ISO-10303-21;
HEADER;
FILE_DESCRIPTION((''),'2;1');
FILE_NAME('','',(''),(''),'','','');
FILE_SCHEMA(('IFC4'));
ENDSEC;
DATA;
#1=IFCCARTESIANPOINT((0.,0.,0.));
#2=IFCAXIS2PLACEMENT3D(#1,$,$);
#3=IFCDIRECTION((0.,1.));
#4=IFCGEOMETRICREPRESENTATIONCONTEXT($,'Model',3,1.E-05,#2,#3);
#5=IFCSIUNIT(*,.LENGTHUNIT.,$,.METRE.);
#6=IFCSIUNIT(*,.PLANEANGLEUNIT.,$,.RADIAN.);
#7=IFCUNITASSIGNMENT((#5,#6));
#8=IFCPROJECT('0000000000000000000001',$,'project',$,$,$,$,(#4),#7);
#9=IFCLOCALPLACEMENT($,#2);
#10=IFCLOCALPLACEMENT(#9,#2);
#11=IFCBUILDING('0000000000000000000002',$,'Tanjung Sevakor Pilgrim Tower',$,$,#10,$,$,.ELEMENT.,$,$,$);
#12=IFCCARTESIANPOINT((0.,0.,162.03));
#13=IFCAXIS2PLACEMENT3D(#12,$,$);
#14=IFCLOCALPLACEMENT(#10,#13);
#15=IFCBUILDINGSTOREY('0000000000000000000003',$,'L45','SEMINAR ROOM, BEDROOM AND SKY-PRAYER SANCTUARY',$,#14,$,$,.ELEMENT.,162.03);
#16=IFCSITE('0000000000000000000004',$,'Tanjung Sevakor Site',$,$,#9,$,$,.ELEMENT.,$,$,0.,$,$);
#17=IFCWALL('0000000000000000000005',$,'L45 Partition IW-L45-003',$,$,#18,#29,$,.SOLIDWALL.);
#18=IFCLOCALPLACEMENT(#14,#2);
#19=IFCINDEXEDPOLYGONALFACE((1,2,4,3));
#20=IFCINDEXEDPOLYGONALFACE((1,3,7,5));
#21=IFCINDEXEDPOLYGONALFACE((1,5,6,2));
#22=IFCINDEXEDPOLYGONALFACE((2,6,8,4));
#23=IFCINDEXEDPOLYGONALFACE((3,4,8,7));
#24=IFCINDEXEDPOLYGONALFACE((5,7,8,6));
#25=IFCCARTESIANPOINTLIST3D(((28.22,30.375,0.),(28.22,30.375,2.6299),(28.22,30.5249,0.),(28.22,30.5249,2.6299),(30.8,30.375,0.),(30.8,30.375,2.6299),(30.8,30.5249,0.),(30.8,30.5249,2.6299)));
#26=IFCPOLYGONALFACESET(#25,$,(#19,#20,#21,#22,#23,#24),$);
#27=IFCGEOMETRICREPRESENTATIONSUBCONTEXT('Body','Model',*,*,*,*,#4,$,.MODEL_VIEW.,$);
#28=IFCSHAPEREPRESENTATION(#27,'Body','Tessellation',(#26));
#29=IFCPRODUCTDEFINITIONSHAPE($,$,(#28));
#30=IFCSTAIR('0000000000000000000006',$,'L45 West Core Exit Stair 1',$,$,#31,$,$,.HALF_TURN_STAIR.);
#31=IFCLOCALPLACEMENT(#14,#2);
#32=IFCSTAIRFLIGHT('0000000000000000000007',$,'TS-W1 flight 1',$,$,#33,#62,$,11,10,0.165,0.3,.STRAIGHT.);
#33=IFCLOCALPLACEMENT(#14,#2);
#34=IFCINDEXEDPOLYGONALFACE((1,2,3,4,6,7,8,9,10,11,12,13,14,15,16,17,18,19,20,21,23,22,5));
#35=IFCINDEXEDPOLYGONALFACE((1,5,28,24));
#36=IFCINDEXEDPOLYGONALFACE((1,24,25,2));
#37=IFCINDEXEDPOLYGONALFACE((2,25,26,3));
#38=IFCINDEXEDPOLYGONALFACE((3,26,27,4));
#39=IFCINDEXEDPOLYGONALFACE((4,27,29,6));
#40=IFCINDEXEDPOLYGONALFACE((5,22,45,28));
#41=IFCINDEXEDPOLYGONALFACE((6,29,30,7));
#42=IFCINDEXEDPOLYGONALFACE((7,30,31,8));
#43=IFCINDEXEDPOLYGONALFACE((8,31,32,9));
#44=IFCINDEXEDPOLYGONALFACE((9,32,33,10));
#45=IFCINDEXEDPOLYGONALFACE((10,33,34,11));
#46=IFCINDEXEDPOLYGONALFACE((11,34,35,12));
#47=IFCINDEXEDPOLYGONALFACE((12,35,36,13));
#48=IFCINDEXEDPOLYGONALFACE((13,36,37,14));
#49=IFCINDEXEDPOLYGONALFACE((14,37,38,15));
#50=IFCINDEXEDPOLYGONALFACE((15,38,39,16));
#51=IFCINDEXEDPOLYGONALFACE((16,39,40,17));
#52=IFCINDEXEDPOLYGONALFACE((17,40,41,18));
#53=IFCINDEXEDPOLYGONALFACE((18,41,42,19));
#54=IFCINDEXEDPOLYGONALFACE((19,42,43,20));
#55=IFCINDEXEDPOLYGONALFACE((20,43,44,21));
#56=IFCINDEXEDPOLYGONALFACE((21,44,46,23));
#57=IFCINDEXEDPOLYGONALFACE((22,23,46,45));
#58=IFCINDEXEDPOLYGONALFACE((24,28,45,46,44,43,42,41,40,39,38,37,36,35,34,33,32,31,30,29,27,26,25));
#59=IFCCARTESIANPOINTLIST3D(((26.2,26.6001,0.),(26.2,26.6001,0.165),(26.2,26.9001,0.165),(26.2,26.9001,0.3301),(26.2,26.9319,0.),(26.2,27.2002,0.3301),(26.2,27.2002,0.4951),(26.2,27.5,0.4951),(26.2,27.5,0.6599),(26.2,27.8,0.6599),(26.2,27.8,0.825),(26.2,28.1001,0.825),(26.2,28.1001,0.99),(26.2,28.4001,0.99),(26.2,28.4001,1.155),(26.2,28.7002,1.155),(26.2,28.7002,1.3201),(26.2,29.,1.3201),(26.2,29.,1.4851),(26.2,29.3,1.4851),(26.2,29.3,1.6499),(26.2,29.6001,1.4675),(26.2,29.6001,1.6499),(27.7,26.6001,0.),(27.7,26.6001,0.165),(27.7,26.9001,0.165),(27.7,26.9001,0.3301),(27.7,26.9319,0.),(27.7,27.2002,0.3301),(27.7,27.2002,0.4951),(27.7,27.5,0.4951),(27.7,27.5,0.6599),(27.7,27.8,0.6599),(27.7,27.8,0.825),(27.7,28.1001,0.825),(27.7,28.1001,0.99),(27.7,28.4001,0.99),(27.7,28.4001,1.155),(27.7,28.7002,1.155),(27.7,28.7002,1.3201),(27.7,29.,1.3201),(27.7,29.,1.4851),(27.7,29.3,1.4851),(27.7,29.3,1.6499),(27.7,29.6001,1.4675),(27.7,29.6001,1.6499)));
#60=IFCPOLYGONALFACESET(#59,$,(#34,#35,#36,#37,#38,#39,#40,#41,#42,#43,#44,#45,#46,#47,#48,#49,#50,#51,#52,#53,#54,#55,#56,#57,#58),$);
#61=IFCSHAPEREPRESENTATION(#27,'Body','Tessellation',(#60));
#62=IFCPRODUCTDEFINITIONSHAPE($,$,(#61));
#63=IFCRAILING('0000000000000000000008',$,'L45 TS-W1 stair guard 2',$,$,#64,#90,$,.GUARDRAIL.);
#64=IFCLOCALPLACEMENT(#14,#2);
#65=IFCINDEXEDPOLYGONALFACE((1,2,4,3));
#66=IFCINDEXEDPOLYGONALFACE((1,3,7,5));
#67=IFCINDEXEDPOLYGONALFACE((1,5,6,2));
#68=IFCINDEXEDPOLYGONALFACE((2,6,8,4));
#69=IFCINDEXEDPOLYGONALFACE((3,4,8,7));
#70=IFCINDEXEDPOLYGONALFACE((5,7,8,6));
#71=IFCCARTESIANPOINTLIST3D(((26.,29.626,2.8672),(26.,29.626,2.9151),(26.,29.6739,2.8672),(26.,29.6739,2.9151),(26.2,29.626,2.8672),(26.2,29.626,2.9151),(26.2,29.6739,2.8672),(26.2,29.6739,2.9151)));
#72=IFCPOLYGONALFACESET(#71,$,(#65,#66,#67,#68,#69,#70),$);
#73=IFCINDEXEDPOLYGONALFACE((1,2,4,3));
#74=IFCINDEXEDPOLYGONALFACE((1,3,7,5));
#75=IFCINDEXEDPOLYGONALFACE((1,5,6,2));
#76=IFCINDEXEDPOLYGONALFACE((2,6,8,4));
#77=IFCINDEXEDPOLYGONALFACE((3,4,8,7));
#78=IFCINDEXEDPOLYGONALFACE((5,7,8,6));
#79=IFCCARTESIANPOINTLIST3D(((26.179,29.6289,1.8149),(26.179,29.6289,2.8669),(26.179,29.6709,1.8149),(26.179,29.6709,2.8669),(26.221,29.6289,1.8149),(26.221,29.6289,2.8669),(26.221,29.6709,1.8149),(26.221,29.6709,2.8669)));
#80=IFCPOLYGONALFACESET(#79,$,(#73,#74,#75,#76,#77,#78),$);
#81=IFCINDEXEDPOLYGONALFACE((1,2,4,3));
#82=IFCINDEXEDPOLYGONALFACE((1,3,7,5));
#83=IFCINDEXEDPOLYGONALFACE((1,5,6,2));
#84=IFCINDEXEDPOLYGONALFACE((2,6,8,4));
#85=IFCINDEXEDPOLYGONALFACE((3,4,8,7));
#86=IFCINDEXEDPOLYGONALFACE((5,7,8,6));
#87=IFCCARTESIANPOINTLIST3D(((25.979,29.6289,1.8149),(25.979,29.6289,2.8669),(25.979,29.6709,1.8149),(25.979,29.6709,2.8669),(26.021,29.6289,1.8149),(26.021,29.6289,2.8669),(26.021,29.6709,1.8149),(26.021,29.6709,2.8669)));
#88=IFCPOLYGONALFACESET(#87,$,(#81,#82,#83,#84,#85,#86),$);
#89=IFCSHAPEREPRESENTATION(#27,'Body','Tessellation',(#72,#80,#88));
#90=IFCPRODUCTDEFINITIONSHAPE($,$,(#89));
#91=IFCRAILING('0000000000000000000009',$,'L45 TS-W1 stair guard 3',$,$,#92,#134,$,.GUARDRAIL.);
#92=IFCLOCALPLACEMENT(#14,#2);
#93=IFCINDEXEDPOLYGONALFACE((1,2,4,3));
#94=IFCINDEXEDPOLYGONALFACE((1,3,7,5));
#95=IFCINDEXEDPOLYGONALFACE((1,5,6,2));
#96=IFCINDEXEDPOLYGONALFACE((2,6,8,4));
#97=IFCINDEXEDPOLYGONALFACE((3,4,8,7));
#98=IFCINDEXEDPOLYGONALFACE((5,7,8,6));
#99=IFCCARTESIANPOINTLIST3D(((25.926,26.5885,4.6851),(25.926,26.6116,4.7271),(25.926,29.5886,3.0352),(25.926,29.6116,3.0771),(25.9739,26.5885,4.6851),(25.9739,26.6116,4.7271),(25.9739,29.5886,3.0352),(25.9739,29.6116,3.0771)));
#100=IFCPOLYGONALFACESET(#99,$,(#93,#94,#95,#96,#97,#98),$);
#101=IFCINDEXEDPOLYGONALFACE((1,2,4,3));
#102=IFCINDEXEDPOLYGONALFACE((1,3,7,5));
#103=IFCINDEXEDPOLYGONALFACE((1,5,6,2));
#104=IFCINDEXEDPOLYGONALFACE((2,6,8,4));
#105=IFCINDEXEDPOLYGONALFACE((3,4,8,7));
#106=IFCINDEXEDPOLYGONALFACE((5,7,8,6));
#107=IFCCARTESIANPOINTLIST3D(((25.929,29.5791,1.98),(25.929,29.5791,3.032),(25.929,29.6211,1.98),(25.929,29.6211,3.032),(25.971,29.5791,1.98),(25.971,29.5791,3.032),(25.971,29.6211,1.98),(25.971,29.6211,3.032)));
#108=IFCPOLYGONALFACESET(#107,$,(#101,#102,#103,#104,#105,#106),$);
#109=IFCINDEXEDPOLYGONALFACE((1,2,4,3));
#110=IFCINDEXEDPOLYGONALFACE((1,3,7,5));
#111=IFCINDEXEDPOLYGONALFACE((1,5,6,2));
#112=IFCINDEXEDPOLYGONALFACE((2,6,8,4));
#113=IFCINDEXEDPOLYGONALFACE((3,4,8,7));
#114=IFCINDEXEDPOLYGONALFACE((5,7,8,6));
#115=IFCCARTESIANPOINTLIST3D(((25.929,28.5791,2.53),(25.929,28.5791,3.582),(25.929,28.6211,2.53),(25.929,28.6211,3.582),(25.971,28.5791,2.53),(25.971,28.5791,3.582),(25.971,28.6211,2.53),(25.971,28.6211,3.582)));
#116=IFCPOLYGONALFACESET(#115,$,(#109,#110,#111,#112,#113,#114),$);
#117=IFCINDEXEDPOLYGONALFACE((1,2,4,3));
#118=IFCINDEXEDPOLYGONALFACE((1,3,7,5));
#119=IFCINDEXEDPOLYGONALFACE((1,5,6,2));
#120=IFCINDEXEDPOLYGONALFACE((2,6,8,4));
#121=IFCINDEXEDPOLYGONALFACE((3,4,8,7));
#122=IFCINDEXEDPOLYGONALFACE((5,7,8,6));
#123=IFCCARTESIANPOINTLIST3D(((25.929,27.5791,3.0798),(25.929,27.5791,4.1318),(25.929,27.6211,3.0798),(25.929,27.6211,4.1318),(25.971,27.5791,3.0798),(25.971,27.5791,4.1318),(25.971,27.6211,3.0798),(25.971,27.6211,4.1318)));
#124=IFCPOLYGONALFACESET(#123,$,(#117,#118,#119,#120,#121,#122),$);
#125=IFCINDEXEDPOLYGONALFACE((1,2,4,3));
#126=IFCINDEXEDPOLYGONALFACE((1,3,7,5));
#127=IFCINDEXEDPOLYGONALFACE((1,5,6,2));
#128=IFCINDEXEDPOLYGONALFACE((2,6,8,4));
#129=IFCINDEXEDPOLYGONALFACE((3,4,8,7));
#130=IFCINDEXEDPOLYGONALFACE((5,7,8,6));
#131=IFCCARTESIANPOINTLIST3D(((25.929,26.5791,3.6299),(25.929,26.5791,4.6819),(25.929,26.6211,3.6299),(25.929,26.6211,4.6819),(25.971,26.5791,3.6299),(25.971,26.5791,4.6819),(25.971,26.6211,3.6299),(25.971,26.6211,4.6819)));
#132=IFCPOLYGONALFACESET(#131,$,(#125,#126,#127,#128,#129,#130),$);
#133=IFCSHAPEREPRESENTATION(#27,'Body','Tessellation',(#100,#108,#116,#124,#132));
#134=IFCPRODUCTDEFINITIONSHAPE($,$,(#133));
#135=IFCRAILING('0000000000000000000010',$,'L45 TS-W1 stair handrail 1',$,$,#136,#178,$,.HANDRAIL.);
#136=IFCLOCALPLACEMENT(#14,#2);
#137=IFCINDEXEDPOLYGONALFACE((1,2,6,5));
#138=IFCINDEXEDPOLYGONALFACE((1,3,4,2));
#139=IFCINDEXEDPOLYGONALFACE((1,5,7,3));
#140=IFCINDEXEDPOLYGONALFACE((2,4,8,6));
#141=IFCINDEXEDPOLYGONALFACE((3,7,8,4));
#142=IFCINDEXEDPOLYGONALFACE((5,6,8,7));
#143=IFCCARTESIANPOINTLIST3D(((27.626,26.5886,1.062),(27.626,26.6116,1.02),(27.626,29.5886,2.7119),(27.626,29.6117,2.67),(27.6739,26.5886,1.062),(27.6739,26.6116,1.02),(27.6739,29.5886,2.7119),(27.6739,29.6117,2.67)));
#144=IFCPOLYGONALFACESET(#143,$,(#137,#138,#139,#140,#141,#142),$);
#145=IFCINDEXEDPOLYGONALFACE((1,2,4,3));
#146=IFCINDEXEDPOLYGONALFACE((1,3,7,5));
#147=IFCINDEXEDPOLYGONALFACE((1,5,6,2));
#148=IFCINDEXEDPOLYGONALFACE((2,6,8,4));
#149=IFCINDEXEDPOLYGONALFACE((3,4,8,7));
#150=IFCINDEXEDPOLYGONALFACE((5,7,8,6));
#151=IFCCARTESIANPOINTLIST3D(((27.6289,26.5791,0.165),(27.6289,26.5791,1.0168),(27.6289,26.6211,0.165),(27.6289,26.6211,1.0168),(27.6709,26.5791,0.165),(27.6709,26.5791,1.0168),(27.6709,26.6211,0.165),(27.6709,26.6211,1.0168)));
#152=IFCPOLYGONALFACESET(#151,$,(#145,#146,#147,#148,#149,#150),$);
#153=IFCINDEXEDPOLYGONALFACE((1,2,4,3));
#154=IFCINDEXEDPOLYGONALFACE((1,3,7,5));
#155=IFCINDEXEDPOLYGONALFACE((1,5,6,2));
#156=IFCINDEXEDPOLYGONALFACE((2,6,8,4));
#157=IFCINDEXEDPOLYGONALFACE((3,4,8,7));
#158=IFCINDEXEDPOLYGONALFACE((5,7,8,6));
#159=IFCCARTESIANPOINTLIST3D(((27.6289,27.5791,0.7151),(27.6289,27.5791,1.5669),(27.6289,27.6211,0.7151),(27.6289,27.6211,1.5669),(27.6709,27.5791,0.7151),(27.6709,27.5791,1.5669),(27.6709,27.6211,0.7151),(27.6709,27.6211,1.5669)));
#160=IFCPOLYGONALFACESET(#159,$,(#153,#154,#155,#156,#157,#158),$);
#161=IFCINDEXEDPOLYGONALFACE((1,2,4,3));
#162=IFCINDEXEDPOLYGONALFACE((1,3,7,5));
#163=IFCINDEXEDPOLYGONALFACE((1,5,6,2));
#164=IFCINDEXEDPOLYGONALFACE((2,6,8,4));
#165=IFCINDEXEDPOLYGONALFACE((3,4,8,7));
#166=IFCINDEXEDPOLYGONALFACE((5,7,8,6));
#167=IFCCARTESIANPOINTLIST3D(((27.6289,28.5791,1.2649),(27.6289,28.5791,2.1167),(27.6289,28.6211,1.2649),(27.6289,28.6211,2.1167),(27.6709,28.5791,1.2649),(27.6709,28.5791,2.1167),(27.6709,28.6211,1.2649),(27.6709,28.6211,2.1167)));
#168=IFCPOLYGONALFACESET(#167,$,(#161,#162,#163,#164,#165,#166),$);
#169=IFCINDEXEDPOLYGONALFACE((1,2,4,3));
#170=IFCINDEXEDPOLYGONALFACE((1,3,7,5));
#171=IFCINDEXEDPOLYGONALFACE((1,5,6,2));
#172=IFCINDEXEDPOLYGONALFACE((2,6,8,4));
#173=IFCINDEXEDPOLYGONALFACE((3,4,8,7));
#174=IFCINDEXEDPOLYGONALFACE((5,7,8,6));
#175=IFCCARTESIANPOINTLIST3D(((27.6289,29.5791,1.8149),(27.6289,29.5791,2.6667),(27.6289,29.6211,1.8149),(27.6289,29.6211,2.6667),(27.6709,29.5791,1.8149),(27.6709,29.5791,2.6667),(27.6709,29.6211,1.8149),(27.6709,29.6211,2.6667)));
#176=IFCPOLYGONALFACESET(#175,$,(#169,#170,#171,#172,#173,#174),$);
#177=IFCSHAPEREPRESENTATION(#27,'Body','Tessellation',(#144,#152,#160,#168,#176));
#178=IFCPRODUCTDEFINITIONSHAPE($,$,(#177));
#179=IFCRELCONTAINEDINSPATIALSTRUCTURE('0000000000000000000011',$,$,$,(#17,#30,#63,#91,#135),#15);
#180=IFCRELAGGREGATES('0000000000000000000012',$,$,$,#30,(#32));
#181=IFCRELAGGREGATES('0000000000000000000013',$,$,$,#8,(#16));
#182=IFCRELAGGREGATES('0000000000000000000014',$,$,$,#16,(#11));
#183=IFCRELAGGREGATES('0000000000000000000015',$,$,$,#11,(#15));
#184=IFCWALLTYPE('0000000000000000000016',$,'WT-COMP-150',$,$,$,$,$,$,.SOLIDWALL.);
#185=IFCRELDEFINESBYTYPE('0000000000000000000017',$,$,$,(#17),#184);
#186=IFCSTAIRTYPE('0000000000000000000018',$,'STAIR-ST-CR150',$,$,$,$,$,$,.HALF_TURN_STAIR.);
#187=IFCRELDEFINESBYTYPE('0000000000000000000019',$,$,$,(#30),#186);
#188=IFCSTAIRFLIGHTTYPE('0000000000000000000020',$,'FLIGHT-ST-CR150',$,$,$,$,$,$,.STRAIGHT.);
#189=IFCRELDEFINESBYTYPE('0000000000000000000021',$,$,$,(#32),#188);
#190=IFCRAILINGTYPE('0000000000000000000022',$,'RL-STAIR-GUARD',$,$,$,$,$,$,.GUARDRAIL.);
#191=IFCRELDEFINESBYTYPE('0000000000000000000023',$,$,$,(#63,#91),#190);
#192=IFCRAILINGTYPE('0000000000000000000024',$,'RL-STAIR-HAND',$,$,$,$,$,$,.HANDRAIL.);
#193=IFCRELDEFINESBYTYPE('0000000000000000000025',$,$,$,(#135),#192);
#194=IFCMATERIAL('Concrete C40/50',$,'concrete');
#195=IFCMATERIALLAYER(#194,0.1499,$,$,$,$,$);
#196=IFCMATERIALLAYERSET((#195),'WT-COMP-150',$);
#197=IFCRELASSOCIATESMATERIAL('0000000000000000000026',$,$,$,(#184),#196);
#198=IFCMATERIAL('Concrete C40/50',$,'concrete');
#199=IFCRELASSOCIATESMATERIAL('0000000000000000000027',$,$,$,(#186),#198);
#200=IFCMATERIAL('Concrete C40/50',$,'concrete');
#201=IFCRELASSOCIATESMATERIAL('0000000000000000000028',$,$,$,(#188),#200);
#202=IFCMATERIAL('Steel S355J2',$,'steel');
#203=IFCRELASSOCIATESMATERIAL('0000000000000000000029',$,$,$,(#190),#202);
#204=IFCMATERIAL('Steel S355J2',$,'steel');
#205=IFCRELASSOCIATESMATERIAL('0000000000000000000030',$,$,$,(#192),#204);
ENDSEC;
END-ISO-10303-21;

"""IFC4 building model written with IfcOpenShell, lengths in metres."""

from ifc_helpers import new_model, si_unit, direction, frame, frame_2d, origin, place, context, subcontext, project, spatial, polyline, rectangle, outline, extrude, material, layer, layer_set, type_object, element, aggregate, save


model = new_model("IFC4")

# Units and contexts
model_context = context("Model", 3, precision=1e-05, world=origin(), true_north=direction((0.0, 1.0)))
body_context = subcontext(model_context, "Body", "Model", "MODEL_VIEW")
ifc_project = project(units=[si_unit("LENGTHUNIT", "METRE"), si_unit("PLANEANGLEUNIT", "RADIAN")], contexts=[model_context])

# Site, building, storey
site_placement = place(None, origin())
site = spatial("IfcSite", under=ifc_project, at=site_placement, Name="Tanjung Sevakor Site", CompositionType="ELEMENT", RefElevation=0.0)
building_placement = place(site_placement, origin())
building = spatial("IfcBuilding", under=site, at=building_placement, Name="Tanjung Sevakor Pilgrim Tower", CompositionType="ELEMENT")
storey_placement = place(building_placement, frame((0.0, 0.0, 162.03)))
storey = spatial("IfcBuildingStorey", under=building, at=storey_placement, Name="L45", Description="SEMINAR ROOM, BEDROOM AND SKY-PRAYER SANCTUARY", CompositionType="ELEMENT", Elevation=162.03)

# Wall
ifc_material_1 = material(Name="Concrete C40/50", Category="concrete")
ifc_layer_1 = layer(ifc_material_1, 0.1499)
ifc_layer_set_1 = layer_set([ifc_layer_1], Name="WT-COMP-150")
wall_type_1 = type_object("IfcWallType", Name="WT-COMP-150", PredefinedType="SOLIDWALL", material=ifc_layer_set_1)
wall_1_placement = place(storey_placement, frame((28.22, 30.45, 0.0), z_axis=(0.0, 0.0, 1.0), x_axis=(1.0, 0.0, 0.0)))
element("IfcWall", 1, at=wall_1_placement, inside=storey, type_object=wall_type_1, Name="L45 Partition IW-L45-003", PredefinedType="SOLIDWALL", context=body_context, shape_type="SweptSolid", body=[
    extrude(rectangle(XDim=2.5801, YDim=0.1499, at=frame_2d((1.29, 0.0))), origin(), (0.0, 0.0, 1.0), 2.6299),
])

# Stair, stair flight
ifc_material_2 = material(Name="Concrete C40/50", Category="concrete")
stair_type = type_object("IfcStairType", Name="STAIR-ST-CR150", PredefinedType="HALF_TURN_STAIR", material=ifc_material_2)
stair_placement = place(storey_placement, origin())
stair = element("IfcStair", 2, at=stair_placement, inside=storey, type_object=stair_type, Name="L45 West Core Exit Stair 1", PredefinedType="HALF_TURN_STAIR")
ifc_material_3 = material(Name="Concrete C40/50", Category="concrete")
stair_flight_type = type_object("IfcStairFlightType", Name="FLIGHT-ST-CR150", PredefinedType="STRAIGHT", material=ifc_material_3)
stair_flight_placement = place(storey_placement, frame((26.95, 26.6001, 0.0), z_axis=(0.0, 0.0, 1.0), x_axis=(0.0, 1.0, 0.0)))
stair_flight = element("IfcStairFlight", 3, at=stair_flight_placement, type_object=stair_flight_type, Name="TS-W1 flight 1", NumberOfRisers=11, NumberOfTreads=10, PredefinedType="STRAIGHT", RiserHeight=0.165, TreadLength=0.3, context=body_context, shape_type="SweptSolid", body=[
    extrude(outline(polyline([(0.0, 0.0), (0.0, 0.165), (0.3, 0.165), (0.3, 0.3301), (0.6001, 0.3301), (0.6001, 0.4951), (0.8999, 0.4951), (0.8999, 0.6599), (1.2, 0.6599), (1.2, 0.825), (1.5, 0.825), (1.5, 0.99), (1.8, 0.99), (1.8, 1.155), (2.1001, 1.155), (2.1001, 1.3201), (2.3999, 1.3201), (2.3999, 1.4851), (2.7, 1.4851), (2.7, 1.6499), (3.0, 1.6499), (3.0, 1.8149), (3.0, 1.4675), (0.3318, 0.0), (0.0, 0.0)])), frame((0.0, 0.75, 0.0), z_axis=(0.0, -1.0, 0.0), x_axis=(1.0, 0.0, 0.0)), (0.0, 0.0, 1.0), 1.5),
])
aggregate(stair, [stair_flight])

# Railings
ifc_material_4 = material(Name="Steel S355J2", Category="steel")
railing_type_1 = type_object("IfcRailingType", Name="RL-STAIR-GUARD", PredefinedType="GUARDRAIL", material=ifc_material_4)
railing_1_placement = place(storey_placement, frame((26.2, 29.6499, 1.8149)))
element("IfcRailing", 4, at=railing_1_placement, inside=storey, type_object=railing_type_1, Name="L45 TS-W1 stair guard 2", PredefinedType="GUARDRAIL", context=body_context, shape_type="SweptSolid", body=[
    extrude(rectangle(XDim=0.0479, YDim=0.0479), frame((0.0, 0.0, 1.0762), z_axis=(-1.0, 0.0, 0.0), x_axis=(0.0, -1.0, 0.0)), (0.0, 0.0, 1.0), 0.2),
    extrude(rectangle(XDim=0.042, YDim=0.042), origin(), (0.0, 0.0, 1.0), 1.052),
    extrude(rectangle(XDim=0.042, YDim=0.042), frame((-0.2, 0.0, 0.0)), (0.0, 0.0, 1.0), 1.052),
])
railing_2_placement = place(storey_placement, frame((25.95, 29.6001, 1.98)))
element("IfcRailing", 5, at=railing_2_placement, inside=storey, type_object=railing_type_1, Name="L45 TS-W1 stair guard 3", PredefinedType="GUARDRAIL", context=body_context, shape_type="SweptSolid", body=[
    extrude(rectangle(XDim=0.0479, YDim=0.0479), frame((0.0, 0.0, 1.0762), z_axis=(0.0, -0.876228, 0.481897), x_axis=(1.0, 0.0, 0.0)), (0.0, 0.0, 1.0), 3.4238),
    extrude(rectangle(XDim=0.042, YDim=0.042), origin(), (0.0, 0.0, 1.0), 1.052),
    extrude(rectangle(XDim=0.042, YDim=0.042), frame((0.0, -1.0, 0.55)), (0.0, 0.0, 1.0), 1.052),
    extrude(rectangle(XDim=0.042, YDim=0.042), frame((0.0, -2.0, 1.0999)), (0.0, 0.0, 1.0), 1.052),
    extrude(rectangle(XDim=0.042, YDim=0.042), frame((0.0, -3.0, 1.6499)), (0.0, 0.0, 1.0), 1.052),
])
ifc_material_5 = material(Name="Steel S355J2", Category="steel")
railing_type_2 = type_object("IfcRailingType", Name="RL-STAIR-HAND", PredefinedType="HANDRAIL", material=ifc_material_5)
railing_3_placement = place(storey_placement, frame((27.6499, 26.6001, 0.165)))
element("IfcRailing", 6, at=railing_3_placement, inside=storey, type_object=railing_type_2, Name="L45 TS-W1 stair handrail 1", PredefinedType="HANDRAIL", context=body_context, shape_type="SweptSolid", body=[
    extrude(rectangle(XDim=0.0479, YDim=0.0479), frame((0.0, 0.0, 0.876), z_axis=(0.0, 0.876228, 0.481897), x_axis=(-1.0, 0.0, 0.0)), (0.0, 0.0, 1.0), 3.4238),
    extrude(rectangle(XDim=0.042, YDim=0.042), origin(), (0.0, 0.0, 1.0), 0.8518),
    extrude(rectangle(XDim=0.042, YDim=0.042), frame((0.0, 1.0, 0.55)), (0.0, 0.0, 1.0), 0.8518),
    extrude(rectangle(XDim=0.042, YDim=0.042), frame((0.0, 2.0, 1.0999)), (0.0, 0.0, 1.0), 0.8518),
    extrude(rectangle(XDim=0.042, YDim=0.042), frame((0.0, 3.0, 1.6499)), (0.0, 0.0, 1.0), 0.8518),
])

save(model, "model.ifc")
